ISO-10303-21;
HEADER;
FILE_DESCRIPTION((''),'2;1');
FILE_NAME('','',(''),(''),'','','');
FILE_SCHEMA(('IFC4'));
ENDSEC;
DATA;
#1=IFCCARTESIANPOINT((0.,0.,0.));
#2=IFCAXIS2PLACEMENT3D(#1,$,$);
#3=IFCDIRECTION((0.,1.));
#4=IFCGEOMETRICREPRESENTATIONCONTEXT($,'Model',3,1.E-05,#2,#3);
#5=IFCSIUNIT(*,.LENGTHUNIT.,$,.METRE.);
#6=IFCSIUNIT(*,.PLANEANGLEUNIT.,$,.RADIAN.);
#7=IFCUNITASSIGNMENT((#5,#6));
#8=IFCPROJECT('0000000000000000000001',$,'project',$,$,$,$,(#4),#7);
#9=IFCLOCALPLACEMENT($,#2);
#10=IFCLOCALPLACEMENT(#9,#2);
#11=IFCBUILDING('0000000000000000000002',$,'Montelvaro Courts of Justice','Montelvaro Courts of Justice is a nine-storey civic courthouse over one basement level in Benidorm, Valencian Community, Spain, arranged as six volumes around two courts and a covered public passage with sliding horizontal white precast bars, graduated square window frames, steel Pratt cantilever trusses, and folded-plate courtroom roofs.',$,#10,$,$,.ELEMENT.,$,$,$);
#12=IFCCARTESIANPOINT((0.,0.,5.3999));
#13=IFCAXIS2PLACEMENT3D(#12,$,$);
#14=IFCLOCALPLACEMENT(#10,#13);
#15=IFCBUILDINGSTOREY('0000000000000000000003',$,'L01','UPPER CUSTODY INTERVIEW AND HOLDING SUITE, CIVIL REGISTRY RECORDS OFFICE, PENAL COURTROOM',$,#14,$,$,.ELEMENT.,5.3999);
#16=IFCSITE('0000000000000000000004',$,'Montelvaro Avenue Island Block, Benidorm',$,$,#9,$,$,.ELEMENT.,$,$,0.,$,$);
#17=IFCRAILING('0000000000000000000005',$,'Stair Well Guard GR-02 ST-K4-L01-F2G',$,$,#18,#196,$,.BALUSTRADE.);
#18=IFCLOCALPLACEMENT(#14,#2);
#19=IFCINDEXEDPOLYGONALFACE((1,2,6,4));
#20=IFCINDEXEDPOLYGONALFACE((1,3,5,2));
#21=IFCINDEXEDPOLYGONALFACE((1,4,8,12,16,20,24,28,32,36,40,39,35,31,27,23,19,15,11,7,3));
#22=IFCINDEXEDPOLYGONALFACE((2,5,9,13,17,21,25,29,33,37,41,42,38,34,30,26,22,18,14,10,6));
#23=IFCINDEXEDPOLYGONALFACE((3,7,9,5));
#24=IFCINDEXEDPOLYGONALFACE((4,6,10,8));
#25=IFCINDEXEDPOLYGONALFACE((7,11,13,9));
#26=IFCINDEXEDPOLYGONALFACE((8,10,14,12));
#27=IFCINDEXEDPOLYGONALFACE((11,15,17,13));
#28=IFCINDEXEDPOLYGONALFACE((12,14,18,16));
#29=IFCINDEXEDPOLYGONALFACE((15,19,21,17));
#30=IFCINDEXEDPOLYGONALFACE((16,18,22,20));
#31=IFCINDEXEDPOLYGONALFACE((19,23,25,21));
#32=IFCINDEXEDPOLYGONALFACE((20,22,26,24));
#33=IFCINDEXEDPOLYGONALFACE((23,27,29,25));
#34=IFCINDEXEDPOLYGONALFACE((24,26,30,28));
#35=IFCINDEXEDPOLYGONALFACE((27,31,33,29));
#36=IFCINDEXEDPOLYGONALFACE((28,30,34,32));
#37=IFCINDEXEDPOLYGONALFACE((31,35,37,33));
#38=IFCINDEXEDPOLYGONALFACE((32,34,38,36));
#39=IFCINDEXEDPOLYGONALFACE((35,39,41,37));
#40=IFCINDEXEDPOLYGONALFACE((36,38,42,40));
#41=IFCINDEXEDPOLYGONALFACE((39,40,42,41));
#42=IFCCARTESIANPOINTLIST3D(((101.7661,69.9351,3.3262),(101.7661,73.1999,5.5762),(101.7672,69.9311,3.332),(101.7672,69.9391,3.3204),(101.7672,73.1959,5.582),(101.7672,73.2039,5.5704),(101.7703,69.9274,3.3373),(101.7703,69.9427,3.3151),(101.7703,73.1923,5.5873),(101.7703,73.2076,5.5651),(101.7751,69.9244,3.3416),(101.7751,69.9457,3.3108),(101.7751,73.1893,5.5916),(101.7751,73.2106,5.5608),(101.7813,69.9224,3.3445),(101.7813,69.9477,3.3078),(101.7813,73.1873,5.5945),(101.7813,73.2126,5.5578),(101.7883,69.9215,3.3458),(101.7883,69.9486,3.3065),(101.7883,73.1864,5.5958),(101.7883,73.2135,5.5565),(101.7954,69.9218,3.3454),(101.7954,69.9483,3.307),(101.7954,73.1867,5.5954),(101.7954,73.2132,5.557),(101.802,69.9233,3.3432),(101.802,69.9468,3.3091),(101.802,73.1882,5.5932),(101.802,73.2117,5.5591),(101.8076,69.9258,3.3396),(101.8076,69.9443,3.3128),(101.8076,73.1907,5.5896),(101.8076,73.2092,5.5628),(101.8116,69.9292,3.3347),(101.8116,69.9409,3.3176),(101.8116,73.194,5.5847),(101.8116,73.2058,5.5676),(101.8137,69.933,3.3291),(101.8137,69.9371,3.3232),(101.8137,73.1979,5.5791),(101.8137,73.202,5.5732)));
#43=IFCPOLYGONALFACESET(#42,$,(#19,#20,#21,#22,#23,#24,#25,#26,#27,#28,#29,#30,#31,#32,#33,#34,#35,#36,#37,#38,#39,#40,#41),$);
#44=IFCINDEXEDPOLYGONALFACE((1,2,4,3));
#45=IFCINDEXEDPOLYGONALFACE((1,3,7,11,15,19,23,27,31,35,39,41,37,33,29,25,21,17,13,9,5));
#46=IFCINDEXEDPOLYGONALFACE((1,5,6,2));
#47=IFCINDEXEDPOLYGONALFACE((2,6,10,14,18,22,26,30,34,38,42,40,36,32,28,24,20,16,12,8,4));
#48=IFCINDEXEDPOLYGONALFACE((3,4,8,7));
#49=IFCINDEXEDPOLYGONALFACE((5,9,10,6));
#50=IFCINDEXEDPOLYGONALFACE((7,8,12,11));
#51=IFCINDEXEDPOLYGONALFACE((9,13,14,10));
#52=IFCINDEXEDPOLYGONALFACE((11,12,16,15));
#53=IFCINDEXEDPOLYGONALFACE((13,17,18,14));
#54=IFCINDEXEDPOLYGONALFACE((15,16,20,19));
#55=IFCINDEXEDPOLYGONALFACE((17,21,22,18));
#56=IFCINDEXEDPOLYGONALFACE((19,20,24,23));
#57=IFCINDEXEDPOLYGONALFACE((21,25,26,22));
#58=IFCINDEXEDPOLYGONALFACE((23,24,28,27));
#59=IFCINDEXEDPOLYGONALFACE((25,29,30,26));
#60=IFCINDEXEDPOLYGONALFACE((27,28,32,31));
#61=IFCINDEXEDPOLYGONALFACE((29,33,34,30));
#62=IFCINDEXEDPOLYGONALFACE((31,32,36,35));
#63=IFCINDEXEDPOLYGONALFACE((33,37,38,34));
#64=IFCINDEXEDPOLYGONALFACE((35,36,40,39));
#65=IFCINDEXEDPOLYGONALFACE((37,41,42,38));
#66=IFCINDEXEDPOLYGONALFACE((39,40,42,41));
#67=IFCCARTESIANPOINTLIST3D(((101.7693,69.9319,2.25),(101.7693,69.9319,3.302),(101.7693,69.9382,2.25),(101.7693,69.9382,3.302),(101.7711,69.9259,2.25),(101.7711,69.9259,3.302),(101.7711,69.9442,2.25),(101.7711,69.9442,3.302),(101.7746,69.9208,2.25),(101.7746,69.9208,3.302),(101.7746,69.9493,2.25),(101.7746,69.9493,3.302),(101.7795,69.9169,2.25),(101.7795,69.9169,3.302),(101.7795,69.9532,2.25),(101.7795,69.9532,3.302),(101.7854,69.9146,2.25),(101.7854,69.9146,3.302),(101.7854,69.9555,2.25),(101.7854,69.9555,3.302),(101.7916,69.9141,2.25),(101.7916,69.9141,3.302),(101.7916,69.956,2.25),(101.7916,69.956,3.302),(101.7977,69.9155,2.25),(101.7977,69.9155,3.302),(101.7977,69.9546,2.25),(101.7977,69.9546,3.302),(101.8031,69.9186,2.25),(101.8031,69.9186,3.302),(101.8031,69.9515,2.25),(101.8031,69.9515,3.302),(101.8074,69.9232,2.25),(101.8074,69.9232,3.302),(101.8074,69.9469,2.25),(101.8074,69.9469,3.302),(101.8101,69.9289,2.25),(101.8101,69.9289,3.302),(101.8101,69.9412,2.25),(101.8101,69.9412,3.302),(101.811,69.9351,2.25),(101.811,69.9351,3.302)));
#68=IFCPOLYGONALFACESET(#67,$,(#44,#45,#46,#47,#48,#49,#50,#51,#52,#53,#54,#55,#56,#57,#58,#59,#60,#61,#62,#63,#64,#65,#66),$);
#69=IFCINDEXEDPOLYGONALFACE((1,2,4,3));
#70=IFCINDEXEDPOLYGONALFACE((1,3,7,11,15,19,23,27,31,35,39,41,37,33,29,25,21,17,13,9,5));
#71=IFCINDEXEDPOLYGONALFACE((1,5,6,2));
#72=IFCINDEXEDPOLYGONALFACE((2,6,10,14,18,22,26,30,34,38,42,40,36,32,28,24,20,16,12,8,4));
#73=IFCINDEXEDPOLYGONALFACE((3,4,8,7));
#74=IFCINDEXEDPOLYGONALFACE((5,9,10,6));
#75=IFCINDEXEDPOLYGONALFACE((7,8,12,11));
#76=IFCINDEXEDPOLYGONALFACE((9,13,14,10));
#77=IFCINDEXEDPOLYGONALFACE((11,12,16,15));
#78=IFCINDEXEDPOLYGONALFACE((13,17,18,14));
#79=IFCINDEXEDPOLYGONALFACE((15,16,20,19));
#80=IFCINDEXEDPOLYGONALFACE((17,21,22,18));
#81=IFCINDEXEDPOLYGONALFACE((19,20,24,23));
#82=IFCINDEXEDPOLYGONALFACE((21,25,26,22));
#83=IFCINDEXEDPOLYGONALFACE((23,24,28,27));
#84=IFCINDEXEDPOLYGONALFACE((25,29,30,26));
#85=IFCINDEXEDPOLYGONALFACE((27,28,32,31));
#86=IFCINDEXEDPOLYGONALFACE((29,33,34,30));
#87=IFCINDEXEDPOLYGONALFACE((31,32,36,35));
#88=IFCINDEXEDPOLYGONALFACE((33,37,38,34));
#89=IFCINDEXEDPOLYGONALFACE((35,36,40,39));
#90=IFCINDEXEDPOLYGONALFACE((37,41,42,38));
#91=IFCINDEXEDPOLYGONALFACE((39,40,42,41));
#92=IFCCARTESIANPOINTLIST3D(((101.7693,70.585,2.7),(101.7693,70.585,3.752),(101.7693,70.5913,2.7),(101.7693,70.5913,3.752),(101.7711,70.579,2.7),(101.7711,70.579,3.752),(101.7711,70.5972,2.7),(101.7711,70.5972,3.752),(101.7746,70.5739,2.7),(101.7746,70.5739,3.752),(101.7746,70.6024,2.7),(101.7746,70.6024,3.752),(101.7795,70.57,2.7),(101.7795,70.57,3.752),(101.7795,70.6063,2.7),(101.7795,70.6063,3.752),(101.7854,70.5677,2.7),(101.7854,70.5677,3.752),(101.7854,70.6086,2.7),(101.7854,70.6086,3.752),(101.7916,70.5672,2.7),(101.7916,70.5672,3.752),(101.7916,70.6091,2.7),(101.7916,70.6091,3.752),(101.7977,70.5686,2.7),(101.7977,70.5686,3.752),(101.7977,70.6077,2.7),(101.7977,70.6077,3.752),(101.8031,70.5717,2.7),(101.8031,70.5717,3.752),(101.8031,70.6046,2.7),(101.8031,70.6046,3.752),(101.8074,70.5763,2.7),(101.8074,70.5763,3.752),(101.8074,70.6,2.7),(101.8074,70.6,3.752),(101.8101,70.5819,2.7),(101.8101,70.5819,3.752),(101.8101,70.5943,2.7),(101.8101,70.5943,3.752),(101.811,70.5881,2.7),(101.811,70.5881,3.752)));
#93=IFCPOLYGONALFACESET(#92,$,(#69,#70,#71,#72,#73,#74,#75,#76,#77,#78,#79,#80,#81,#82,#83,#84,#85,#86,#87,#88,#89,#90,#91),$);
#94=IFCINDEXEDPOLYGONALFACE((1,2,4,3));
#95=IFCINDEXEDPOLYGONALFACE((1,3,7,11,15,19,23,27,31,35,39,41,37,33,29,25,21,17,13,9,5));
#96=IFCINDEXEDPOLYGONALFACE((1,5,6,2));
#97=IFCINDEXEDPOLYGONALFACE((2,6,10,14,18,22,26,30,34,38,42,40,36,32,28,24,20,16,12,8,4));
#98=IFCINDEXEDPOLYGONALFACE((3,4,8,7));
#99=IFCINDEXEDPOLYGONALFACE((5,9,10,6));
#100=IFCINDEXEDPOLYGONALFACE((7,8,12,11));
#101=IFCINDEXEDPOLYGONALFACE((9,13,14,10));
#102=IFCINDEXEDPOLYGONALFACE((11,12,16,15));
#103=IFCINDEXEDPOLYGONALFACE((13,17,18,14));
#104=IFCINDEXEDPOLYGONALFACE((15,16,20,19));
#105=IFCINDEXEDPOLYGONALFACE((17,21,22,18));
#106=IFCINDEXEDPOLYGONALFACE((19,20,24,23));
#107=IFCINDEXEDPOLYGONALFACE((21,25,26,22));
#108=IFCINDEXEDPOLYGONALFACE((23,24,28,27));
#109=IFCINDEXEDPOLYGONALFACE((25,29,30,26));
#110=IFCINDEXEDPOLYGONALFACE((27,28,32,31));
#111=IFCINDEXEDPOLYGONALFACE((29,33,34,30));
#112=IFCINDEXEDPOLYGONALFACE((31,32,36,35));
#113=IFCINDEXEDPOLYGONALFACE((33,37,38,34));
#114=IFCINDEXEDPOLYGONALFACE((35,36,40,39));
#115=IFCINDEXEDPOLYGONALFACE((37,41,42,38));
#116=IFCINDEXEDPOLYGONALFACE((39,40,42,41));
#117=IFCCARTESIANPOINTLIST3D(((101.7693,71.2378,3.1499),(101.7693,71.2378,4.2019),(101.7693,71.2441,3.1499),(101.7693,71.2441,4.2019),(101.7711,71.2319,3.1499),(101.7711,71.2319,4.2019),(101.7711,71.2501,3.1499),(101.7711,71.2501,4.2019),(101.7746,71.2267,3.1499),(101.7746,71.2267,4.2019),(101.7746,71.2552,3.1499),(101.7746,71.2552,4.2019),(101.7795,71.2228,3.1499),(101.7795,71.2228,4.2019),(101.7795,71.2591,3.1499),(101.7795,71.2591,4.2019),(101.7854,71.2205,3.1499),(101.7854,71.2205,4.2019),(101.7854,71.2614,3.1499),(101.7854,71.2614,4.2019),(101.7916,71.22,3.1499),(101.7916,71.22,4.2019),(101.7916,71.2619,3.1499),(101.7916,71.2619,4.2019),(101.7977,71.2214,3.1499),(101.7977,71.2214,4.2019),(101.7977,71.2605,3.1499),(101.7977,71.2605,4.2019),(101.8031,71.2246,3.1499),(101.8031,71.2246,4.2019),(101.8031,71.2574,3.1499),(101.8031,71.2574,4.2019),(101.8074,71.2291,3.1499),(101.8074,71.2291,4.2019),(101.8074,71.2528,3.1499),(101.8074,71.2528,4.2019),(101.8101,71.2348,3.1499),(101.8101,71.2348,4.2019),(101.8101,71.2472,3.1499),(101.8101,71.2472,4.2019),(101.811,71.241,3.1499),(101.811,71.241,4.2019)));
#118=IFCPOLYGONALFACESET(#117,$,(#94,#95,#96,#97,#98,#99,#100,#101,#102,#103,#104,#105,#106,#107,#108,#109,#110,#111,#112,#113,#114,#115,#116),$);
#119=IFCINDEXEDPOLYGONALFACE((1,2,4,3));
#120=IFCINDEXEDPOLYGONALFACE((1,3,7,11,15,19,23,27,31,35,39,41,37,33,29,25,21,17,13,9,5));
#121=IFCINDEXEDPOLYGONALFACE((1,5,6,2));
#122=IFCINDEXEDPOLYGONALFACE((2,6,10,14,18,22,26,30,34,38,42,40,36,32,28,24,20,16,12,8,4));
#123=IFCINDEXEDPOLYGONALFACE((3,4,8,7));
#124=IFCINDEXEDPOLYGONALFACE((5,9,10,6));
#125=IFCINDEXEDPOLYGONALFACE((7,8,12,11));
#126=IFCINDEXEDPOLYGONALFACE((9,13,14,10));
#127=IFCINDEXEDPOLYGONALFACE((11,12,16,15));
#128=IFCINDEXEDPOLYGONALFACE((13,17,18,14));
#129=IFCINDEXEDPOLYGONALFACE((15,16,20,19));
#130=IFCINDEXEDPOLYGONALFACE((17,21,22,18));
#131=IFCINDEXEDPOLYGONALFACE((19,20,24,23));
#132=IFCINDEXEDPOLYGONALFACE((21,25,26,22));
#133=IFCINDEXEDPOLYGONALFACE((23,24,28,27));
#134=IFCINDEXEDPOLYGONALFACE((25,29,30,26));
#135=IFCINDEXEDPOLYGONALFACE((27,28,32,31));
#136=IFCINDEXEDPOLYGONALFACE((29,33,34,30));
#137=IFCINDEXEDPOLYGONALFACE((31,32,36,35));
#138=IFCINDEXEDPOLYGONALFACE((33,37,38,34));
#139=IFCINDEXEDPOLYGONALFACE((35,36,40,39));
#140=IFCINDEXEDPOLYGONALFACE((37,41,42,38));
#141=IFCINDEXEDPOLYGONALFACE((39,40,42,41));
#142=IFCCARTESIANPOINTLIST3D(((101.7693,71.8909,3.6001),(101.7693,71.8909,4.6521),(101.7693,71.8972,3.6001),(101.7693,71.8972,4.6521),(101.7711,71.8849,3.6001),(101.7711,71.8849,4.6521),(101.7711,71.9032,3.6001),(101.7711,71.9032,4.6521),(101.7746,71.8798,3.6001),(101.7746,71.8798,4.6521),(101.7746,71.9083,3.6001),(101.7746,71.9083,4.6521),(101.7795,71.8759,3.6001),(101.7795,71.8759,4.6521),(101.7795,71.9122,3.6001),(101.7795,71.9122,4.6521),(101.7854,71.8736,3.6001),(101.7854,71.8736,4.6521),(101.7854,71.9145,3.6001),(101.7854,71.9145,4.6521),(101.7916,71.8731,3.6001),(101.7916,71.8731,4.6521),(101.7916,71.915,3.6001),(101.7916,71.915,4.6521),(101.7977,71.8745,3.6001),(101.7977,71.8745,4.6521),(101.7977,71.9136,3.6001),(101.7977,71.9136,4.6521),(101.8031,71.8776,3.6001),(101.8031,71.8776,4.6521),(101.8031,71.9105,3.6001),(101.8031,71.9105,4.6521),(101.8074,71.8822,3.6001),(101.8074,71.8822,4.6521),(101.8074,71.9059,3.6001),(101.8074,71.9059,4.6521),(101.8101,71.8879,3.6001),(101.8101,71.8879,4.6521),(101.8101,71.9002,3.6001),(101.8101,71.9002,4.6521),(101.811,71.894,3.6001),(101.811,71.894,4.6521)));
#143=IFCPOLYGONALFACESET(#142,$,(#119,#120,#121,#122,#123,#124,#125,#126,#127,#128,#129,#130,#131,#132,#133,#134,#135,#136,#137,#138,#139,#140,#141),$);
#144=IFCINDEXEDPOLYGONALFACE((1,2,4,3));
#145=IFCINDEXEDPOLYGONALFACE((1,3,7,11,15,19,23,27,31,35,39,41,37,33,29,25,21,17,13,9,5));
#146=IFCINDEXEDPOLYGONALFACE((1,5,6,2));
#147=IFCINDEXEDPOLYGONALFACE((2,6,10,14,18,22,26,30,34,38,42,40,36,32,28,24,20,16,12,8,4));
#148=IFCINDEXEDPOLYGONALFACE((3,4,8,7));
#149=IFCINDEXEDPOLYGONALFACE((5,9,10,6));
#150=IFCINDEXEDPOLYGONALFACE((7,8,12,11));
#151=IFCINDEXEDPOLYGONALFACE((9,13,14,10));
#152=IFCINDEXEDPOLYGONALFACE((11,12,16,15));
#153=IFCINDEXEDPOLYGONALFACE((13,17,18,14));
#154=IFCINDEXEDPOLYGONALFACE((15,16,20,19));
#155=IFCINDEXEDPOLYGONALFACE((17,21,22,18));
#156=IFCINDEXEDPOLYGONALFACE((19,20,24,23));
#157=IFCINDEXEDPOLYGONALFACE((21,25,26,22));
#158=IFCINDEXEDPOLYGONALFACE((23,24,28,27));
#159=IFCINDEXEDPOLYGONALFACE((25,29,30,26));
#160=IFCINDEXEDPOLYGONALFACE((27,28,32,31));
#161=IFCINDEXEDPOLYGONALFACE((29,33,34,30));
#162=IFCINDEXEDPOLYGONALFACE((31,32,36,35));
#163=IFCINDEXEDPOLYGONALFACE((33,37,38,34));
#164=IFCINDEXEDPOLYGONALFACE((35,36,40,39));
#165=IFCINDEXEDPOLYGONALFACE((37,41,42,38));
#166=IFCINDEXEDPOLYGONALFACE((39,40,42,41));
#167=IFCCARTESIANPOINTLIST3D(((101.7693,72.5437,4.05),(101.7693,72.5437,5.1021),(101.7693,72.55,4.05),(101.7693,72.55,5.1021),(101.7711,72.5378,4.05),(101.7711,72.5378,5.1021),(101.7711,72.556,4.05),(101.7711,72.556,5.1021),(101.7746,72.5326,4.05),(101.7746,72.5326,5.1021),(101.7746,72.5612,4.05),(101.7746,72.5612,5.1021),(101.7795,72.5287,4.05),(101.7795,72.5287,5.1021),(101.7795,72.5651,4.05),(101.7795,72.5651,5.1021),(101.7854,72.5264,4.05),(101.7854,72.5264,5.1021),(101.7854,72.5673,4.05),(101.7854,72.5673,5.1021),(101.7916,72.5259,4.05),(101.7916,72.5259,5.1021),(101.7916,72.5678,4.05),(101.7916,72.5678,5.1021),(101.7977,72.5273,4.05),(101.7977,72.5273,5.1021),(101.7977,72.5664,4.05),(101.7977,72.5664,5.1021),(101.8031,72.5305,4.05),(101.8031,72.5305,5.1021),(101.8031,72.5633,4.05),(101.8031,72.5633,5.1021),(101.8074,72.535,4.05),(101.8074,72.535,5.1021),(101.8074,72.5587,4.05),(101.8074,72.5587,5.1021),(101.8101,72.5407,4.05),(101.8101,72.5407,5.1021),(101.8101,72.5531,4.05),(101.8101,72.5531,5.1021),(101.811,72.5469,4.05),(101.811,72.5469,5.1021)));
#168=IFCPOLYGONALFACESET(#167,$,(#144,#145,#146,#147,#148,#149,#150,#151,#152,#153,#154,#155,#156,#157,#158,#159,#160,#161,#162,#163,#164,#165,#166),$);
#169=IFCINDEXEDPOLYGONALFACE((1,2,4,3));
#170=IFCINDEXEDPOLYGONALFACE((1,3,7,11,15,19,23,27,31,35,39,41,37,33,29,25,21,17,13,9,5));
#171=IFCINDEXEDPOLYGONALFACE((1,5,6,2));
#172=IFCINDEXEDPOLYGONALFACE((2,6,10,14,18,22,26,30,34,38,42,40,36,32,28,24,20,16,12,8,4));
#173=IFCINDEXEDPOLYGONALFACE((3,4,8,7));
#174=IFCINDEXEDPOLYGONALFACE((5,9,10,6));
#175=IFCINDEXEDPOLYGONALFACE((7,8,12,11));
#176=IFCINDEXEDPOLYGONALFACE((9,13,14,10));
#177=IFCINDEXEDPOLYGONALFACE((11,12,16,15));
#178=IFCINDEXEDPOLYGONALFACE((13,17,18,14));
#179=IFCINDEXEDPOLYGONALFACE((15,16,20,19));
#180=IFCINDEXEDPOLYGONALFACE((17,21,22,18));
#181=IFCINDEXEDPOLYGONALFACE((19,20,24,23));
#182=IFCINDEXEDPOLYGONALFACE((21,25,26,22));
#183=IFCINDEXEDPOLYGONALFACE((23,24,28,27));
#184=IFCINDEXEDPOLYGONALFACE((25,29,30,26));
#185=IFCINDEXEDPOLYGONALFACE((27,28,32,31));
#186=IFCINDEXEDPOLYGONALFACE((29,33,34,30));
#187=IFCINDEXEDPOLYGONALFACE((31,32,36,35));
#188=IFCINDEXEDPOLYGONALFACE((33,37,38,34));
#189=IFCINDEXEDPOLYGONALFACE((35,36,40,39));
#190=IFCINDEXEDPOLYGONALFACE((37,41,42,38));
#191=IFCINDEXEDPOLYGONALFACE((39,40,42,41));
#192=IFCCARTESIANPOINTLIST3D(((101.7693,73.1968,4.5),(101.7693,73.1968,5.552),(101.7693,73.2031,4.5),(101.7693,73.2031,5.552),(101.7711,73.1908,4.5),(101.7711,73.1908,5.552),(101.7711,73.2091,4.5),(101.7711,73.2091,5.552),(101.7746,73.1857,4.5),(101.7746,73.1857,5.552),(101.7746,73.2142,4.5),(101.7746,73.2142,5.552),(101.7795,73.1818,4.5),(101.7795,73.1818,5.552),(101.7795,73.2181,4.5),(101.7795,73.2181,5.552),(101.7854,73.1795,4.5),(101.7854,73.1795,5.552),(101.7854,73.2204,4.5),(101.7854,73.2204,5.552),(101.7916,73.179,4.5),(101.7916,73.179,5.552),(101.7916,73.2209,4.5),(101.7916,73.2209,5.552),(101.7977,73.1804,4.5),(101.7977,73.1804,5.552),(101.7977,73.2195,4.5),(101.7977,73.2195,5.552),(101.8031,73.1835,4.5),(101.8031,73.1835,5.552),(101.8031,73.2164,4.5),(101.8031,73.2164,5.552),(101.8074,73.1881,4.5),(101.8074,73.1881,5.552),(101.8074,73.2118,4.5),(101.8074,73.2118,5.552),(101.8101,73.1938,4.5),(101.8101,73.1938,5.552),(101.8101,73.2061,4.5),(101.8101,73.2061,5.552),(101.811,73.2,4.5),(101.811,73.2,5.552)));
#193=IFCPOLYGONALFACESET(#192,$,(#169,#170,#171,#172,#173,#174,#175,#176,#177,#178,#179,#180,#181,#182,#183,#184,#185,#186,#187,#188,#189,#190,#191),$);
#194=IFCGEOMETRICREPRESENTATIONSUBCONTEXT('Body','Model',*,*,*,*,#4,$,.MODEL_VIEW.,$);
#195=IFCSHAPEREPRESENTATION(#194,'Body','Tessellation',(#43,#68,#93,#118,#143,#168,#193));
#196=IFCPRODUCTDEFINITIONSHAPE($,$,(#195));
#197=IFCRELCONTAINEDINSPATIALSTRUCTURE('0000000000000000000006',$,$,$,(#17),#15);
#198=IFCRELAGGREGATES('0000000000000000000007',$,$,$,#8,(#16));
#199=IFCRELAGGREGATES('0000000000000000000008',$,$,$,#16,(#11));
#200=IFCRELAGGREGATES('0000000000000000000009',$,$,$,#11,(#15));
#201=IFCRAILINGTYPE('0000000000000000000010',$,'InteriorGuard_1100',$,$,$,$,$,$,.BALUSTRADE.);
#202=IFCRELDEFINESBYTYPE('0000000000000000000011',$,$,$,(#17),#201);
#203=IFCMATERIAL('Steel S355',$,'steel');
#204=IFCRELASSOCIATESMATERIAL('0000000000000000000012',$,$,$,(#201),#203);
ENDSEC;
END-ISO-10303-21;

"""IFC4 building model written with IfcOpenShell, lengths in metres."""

from ifc_helpers import new_model, si_unit, direction, frame, origin, origin_2d, place, context, subcontext, project, spatial, circle, extrude, material, type_object, element, save


model = new_model("IFC4")

# Units and contexts
model_context = context("Model", 3, precision=1e-05, world=origin(), true_north=direction((0.0, 1.0)))
body_context = subcontext(model_context, "Body", "Model", "MODEL_VIEW")
ifc_project = project(units=[si_unit("LENGTHUNIT", "METRE"), si_unit("PLANEANGLEUNIT", "RADIAN")], contexts=[model_context])

# Site, building, storey
site_placement = place(None, origin())
site = spatial("IfcSite", under=ifc_project, at=site_placement, Name="Montelvaro Avenue Island Block, Benidorm", CompositionType="ELEMENT", RefElevation=0.0)
building_placement = place(site_placement, origin())
building = spatial("IfcBuilding", under=site, at=building_placement, Name="Montelvaro Courts of Justice", Description="Montelvaro Courts of Justice is a nine-storey civic courthouse over one basement level in Benidorm, Valencian Community, Spain, arranged as six volumes around two courts and a covered public passage with sliding horizontal white precast bars, graduated square window frames, steel Pratt cantilever trusses, and folded-plate courtroom roofs.", CompositionType="ELEMENT")
storey_placement = place(building_placement, frame((0.0, 0.0, 5.3999)))
storey = spatial("IfcBuildingStorey", under=building, at=storey_placement, Name="L01", Description="UPPER CUSTODY INTERVIEW AND HOLDING SUITE, CIVIL REGISTRY RECORDS OFFICE, PENAL COURTROOM", CompositionType="ELEMENT", Elevation=5.3999)

# Railing
ifc_material_1 = material(Name="Steel S355", Category="steel")
railing_type_1 = type_object("IfcRailingType", Name="InteriorGuard_1100", PredefinedType="BALUSTRADE", material=ifc_material_1)
railing_1_placement = place(storey_placement, frame((101.79, 69.9351, 2.25)))
element("IfcRailing", 1, at=railing_1_placement, inside=storey, type_object=railing_type_1, Name="Stair Well Guard GR-02 ST-K4-L01-F2G", PredefinedType="BALUSTRADE", context=body_context, shape_type="SweptSolid", body=[
    extrude(circle(Radius=0.0239, at=origin_2d()), frame((0.0, 0.0, 1.0762), z_axis=(0.0, 0.823407, 0.567451), x_axis=(-1.0, 0.0, 0.0)), (0.0, 0.0, 1.0), 3.9651),
    extrude(circle(Radius=0.021, at=origin_2d()), origin(), (0.0, 0.0, 1.0), 1.052),
    extrude(circle(Radius=0.021, at=origin_2d()), frame((0.0, 0.6531, 0.45)), (0.0, 0.0, 1.0), 1.052),
    extrude(circle(Radius=0.021, at=origin_2d()), frame((0.0, 1.3059, 0.8999)), (0.0, 0.0, 1.0), 1.052),
    extrude(circle(Radius=0.021, at=origin_2d()), frame((0.0, 1.959, 1.3501)), (0.0, 0.0, 1.0), 1.052),
    extrude(circle(Radius=0.021, at=origin_2d()), frame((0.0, 2.6118, 1.8)), (0.0, 0.0, 1.0), 1.052),
    extrude(circle(Radius=0.021, at=origin_2d()), frame((0.0, 3.2649, 2.25)), (0.0, 0.0, 1.0), 1.052),
])

save(model, "model.ifc")
